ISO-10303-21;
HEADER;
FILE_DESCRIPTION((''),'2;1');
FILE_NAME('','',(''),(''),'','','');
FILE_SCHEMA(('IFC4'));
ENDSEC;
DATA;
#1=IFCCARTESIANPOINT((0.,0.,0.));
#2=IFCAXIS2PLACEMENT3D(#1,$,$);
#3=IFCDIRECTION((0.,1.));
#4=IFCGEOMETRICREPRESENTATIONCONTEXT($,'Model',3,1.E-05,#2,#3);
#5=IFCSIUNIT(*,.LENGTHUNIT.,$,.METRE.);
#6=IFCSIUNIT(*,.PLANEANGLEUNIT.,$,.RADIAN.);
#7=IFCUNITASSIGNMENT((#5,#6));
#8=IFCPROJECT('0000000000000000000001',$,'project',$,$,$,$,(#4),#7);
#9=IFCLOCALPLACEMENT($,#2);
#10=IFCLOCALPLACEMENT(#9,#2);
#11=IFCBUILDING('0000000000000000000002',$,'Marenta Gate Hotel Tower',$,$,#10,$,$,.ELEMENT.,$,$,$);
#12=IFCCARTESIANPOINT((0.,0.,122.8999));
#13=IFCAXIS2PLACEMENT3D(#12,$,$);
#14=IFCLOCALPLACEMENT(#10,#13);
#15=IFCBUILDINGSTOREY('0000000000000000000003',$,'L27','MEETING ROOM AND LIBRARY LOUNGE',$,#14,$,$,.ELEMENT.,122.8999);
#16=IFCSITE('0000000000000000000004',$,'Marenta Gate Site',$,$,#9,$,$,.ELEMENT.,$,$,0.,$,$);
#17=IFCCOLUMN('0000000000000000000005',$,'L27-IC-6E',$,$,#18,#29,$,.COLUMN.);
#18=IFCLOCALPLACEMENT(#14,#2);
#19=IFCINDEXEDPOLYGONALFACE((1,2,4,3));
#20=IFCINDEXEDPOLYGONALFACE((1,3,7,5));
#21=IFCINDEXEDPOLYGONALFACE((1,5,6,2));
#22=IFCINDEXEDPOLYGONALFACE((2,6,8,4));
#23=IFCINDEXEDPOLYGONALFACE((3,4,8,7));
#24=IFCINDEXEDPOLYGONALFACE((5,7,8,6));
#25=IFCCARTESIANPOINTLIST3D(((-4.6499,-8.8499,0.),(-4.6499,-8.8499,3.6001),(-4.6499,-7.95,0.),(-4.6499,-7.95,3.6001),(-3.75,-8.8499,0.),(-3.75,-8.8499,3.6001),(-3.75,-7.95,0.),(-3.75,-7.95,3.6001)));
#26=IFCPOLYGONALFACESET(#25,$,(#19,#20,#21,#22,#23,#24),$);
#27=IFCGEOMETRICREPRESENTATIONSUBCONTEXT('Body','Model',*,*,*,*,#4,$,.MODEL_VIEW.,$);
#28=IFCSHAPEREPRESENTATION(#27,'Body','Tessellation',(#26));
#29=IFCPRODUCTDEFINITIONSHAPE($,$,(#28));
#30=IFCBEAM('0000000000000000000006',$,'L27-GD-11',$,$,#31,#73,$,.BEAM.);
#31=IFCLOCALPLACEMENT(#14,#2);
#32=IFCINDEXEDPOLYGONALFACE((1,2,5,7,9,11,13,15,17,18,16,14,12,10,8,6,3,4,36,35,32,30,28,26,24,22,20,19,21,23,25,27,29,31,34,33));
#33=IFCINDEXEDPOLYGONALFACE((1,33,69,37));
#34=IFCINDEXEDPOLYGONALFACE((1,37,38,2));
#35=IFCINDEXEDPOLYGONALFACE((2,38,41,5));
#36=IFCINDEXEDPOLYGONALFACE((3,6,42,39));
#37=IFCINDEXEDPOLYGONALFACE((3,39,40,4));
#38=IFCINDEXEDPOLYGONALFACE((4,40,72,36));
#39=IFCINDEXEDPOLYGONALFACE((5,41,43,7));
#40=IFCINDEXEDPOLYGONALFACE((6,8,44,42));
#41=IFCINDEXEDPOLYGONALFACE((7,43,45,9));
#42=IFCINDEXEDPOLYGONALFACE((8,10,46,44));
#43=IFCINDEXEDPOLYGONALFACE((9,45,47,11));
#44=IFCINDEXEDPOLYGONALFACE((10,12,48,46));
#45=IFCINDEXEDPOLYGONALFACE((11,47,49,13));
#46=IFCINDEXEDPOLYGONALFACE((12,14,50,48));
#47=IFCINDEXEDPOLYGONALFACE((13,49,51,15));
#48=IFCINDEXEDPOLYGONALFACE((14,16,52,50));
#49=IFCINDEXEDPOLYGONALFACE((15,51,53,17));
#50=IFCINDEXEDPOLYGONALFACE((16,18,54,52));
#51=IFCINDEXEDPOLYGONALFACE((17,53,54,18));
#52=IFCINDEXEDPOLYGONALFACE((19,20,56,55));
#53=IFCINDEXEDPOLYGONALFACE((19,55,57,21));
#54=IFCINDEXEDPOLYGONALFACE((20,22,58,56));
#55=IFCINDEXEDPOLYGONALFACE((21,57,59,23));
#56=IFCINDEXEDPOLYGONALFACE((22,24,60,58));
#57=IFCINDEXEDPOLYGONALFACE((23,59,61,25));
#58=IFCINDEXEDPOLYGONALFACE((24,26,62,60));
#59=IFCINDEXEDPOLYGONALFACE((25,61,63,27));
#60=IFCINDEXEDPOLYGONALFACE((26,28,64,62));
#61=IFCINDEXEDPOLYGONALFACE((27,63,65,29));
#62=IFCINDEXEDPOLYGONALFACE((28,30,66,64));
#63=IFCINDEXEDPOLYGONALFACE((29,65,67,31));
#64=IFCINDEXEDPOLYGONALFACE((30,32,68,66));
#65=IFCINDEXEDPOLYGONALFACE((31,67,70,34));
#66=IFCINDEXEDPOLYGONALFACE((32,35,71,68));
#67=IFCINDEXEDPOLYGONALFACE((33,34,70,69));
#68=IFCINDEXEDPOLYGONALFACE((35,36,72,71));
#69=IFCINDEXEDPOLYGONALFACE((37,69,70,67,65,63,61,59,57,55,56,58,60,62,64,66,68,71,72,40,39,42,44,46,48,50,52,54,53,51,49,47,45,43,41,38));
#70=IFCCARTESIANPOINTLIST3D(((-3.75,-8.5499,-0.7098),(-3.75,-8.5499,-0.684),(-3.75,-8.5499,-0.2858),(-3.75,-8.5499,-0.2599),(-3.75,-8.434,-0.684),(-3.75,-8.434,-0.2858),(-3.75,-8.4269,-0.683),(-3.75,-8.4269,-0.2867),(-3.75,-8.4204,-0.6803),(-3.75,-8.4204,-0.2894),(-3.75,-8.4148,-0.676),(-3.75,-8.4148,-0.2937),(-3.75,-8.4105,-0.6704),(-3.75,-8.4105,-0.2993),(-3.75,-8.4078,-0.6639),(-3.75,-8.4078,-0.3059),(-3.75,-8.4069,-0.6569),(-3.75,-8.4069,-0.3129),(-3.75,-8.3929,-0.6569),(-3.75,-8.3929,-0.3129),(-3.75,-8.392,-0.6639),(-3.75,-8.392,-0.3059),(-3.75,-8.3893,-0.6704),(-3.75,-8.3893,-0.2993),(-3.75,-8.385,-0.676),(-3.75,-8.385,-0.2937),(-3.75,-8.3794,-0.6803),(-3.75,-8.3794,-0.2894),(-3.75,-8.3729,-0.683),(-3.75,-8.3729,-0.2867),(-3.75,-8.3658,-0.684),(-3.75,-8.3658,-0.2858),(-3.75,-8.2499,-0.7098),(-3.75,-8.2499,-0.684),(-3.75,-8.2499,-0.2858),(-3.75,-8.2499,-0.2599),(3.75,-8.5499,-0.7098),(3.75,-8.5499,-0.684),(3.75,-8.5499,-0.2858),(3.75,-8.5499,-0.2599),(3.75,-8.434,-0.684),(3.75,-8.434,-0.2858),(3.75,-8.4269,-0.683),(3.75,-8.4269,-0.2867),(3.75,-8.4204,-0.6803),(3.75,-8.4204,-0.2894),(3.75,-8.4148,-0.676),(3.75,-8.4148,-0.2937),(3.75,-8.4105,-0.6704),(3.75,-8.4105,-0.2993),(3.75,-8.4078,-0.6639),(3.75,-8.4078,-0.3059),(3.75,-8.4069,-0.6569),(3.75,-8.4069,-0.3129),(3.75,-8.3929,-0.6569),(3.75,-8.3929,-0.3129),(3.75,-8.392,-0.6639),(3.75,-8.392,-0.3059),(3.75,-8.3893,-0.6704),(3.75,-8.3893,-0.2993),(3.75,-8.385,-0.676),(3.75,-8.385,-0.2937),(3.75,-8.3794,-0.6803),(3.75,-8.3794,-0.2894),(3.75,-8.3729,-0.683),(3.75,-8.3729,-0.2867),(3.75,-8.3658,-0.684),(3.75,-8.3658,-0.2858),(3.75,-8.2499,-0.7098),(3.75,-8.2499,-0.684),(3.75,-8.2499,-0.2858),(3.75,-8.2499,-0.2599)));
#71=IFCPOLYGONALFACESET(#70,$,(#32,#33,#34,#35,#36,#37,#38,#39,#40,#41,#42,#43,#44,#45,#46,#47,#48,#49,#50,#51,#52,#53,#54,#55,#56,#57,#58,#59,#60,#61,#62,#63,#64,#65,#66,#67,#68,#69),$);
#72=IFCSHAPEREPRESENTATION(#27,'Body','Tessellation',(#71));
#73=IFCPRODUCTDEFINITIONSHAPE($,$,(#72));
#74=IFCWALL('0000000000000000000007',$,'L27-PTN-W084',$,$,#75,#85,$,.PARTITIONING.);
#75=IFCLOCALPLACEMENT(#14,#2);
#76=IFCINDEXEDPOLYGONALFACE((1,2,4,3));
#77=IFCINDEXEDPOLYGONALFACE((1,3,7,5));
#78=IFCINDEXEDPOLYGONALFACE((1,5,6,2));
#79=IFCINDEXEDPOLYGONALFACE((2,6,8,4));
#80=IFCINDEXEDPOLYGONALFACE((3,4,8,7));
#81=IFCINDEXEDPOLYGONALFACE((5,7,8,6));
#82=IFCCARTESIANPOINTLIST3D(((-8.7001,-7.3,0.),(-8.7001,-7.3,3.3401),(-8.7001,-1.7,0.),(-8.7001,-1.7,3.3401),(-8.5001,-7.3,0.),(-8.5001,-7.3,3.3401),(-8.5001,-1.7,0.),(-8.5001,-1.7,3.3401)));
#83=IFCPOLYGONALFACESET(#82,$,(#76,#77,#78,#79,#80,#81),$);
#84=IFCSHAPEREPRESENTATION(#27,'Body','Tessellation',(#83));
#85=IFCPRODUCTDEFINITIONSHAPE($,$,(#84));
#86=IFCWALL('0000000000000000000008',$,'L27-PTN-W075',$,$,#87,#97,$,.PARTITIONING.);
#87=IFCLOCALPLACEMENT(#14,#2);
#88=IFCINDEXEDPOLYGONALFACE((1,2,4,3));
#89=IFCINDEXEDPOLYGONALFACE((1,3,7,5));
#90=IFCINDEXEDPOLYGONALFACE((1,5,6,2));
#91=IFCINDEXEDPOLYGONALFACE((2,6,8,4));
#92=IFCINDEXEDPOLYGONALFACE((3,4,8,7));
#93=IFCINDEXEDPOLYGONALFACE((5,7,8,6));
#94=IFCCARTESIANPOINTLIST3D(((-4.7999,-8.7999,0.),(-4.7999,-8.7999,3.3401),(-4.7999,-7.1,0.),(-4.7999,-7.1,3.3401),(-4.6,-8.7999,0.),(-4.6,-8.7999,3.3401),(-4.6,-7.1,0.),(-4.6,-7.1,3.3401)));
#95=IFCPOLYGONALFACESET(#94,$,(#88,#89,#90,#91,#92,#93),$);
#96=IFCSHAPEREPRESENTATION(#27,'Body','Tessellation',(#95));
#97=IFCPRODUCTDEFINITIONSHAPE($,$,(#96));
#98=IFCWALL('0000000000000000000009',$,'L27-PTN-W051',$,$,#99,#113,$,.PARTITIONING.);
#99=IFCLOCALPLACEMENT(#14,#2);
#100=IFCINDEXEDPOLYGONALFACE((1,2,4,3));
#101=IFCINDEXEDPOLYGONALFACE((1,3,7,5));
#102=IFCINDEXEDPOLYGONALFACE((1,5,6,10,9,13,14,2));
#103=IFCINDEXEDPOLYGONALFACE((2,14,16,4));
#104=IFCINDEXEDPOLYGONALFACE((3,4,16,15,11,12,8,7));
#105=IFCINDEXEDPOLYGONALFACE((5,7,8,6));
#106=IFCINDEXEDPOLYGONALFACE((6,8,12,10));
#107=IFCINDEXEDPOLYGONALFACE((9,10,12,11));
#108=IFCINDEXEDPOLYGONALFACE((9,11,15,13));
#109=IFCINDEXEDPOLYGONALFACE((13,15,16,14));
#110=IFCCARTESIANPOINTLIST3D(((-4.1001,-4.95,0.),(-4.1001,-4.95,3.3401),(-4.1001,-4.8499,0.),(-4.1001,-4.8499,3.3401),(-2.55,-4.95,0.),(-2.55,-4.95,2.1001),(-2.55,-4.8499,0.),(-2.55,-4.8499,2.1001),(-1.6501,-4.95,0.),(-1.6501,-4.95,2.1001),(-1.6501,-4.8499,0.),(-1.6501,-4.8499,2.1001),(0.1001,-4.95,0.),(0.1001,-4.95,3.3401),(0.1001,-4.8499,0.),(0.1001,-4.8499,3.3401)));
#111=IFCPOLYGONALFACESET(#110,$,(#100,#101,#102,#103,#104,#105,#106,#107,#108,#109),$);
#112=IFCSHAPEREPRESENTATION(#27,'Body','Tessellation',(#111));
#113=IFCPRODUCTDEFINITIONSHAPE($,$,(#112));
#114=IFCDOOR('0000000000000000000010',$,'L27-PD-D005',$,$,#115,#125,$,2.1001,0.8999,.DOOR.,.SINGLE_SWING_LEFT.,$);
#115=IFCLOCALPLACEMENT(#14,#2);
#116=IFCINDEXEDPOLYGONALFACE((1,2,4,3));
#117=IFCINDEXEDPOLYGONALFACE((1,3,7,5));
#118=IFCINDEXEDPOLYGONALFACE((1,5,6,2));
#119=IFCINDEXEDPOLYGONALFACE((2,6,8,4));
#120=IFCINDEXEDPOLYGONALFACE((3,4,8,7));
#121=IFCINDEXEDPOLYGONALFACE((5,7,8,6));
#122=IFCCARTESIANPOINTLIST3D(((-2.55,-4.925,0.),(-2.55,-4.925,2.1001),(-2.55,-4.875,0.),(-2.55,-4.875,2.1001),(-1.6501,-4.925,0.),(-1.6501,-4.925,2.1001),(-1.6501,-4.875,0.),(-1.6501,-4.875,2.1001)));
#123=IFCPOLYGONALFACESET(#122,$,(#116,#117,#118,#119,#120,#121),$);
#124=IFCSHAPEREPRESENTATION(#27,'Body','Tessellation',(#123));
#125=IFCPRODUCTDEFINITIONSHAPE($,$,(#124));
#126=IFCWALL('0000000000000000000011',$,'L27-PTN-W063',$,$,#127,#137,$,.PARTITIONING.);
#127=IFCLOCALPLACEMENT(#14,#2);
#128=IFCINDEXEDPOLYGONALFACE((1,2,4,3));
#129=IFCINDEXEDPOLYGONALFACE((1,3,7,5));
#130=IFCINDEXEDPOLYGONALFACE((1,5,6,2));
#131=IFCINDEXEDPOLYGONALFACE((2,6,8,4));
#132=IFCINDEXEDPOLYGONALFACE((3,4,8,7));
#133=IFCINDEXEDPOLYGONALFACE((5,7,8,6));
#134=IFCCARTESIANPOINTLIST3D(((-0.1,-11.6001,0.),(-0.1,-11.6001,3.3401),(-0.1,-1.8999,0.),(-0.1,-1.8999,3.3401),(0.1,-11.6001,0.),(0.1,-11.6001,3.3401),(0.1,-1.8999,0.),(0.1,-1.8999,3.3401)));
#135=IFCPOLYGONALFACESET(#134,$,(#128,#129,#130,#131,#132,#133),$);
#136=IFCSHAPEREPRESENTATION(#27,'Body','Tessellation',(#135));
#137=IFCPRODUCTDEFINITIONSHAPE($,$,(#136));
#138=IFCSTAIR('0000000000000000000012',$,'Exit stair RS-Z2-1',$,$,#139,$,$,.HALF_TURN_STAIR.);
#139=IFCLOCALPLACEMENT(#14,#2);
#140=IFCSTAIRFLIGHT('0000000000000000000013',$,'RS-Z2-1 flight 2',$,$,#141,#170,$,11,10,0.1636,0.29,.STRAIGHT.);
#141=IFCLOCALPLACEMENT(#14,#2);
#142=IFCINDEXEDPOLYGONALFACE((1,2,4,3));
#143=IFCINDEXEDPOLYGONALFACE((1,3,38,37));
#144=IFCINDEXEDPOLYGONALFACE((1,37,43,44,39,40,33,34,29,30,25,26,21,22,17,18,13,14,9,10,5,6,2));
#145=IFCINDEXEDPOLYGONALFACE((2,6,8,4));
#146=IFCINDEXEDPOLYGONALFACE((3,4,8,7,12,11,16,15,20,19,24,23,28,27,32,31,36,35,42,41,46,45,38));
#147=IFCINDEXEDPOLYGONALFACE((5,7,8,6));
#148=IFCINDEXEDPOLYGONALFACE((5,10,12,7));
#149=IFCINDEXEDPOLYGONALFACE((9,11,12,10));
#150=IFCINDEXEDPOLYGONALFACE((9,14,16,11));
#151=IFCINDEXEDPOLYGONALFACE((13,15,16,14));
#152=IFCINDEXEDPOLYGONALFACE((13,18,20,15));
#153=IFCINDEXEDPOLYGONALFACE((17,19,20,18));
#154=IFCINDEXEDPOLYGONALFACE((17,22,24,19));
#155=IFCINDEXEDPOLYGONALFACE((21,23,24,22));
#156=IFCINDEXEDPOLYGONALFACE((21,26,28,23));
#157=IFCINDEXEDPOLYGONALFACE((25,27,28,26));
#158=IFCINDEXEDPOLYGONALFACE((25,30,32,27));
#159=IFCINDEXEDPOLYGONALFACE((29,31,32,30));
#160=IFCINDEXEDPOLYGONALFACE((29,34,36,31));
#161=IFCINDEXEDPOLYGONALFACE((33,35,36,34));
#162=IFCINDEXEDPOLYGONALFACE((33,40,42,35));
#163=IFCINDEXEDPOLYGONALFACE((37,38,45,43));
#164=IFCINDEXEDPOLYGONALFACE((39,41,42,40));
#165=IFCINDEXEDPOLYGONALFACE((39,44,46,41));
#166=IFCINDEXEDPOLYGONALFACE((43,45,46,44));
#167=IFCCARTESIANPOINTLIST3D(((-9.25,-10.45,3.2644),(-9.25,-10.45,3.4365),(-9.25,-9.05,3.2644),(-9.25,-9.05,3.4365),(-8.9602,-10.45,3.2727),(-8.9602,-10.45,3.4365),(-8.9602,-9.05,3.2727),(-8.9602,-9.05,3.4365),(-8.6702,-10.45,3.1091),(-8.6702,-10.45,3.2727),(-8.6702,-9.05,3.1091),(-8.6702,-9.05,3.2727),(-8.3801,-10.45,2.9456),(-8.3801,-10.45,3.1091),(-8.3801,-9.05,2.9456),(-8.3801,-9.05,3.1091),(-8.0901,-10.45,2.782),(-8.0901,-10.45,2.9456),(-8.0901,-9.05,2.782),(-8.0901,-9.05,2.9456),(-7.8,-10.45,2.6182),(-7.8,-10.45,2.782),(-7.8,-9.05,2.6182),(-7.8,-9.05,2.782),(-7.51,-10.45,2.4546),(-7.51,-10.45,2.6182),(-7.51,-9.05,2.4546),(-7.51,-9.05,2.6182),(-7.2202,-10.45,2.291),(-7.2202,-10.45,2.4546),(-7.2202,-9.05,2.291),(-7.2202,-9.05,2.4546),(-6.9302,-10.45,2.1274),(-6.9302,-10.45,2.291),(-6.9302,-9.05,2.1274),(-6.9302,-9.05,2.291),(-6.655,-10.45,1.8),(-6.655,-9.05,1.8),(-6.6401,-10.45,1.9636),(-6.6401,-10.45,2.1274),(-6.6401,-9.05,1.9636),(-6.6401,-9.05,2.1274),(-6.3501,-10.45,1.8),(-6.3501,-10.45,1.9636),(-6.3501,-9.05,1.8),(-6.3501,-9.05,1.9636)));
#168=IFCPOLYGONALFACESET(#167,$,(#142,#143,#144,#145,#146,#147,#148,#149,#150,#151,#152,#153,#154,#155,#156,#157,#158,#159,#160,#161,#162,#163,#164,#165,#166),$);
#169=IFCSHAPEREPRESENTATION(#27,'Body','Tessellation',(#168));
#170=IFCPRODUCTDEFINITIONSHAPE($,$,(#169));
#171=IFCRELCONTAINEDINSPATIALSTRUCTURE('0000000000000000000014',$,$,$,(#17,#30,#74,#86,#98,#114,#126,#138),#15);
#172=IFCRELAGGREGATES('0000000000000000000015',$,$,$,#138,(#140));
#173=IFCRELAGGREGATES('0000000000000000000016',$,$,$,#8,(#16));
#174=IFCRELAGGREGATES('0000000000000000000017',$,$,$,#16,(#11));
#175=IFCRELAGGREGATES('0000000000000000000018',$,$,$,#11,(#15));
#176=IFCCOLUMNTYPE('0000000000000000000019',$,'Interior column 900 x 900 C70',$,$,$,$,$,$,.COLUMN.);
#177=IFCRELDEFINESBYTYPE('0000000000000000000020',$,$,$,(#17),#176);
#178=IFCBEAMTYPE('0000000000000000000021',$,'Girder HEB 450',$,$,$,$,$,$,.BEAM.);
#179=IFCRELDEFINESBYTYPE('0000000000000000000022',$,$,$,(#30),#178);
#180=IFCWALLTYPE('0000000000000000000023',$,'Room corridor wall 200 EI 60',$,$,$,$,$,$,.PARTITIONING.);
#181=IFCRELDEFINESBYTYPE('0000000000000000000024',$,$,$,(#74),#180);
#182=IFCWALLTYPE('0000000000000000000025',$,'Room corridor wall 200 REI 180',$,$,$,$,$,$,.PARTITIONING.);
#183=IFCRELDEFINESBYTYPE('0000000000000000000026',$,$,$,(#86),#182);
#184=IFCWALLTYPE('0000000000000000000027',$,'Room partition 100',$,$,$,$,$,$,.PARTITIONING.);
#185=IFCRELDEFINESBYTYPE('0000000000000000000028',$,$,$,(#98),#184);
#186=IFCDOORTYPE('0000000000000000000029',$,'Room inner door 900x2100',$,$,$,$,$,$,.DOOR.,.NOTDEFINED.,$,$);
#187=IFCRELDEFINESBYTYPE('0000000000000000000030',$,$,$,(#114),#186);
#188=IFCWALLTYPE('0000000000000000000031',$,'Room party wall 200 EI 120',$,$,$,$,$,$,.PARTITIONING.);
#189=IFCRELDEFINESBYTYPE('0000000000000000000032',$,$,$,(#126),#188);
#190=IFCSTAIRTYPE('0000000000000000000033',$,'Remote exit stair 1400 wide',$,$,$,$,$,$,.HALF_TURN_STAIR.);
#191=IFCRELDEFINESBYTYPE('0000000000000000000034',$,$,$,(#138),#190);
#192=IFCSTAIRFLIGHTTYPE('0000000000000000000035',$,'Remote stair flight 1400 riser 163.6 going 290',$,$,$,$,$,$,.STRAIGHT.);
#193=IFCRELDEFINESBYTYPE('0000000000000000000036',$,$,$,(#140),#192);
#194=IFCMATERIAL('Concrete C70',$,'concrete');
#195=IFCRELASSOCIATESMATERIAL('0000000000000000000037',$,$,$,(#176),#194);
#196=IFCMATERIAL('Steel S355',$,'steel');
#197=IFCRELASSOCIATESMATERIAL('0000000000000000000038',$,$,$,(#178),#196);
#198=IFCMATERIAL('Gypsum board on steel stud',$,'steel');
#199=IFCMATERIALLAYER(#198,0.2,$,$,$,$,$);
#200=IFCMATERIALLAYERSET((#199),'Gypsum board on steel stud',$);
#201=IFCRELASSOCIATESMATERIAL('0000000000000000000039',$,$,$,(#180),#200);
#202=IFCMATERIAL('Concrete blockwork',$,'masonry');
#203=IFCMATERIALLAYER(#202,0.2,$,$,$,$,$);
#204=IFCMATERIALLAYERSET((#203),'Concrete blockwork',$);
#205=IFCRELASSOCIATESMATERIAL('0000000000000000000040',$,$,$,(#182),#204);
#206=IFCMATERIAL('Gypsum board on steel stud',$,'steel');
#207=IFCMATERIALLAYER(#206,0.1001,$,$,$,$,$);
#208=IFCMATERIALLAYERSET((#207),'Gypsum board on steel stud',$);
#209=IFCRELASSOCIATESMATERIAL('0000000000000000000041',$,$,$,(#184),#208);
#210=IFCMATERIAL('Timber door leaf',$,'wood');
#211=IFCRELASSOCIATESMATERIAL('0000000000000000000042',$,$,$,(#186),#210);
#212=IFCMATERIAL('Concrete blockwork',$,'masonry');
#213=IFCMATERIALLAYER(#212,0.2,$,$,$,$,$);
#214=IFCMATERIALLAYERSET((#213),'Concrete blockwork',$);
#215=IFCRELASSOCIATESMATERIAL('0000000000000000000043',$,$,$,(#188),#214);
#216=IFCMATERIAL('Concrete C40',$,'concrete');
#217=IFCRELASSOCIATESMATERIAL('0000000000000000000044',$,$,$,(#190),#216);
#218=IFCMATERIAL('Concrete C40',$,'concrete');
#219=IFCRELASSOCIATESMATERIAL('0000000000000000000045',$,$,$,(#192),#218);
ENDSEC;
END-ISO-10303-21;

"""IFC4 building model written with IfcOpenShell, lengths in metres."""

from ifc_helpers import new_model, si_unit, direction, frame, frame_2d, origin, origin_2d, place, context, subcontext, project, spatial, polyline, rectangle, i_section, outline, extrude, material, layer, layer_set, material_profile, profile_set, type_object, element, fill, aggregate, save


model = new_model("IFC4")

# Units and contexts
model_context = context("Model", 3, precision=1e-05, world=origin(), true_north=direction((0.0, 1.0)))
body_context = subcontext(model_context, "Body", "Model", "MODEL_VIEW")
ifc_project = project(units=[si_unit("LENGTHUNIT", "METRE"), si_unit("PLANEANGLEUNIT", "RADIAN")], contexts=[model_context])

# Site, building, storey
site_placement = place(None, origin())
site = spatial("IfcSite", under=ifc_project, at=site_placement, Name="Marenta Gate Site", CompositionType="ELEMENT", RefElevation=0.0)
building_placement = place(site_placement, origin())
building = spatial("IfcBuilding", under=site, at=building_placement, Name="Marenta Gate Hotel Tower", CompositionType="ELEMENT")
storey_placement = place(building_placement, frame((0.0, 0.0, 122.8999)))
storey = spatial("IfcBuildingStorey", under=building, at=storey_placement, Name="L27", Description="MEETING ROOM AND LIBRARY LOUNGE", CompositionType="ELEMENT", Elevation=122.8999)

# Column
ifc_material_1 = material(Name="Concrete C70", Category="concrete")
ifc_material_profile_1 = material_profile(ifc_material_1, rectangle(XDim=0.8999, YDim=0.8999, at=origin_2d()), Name="900 x 900")
ifc_profile_set_1 = profile_set([ifc_material_profile_1], Name="Concrete C70")
column_type = type_object("IfcColumnType", Name="Interior column 900 x 900 C70", PredefinedType="COLUMN", material=ifc_profile_set_1)
column_placement = place(storey_placement, frame((-4.2, -8.3999, 0.0), z_axis=(0.0, 0.0, 1.0), x_axis=(1.0, 0.0, 0.0)))
element("IfcColumn", 1, at=column_placement, inside=storey, type_object=column_type, Name="L27-IC-6E", PredefinedType="COLUMN", context=body_context, shape_type="SweptSolid", body=[
    extrude(rectangle(XDim=0.8999, YDim=0.8999, at=origin_2d()), origin(), (0.0, 0.0, 1.0), 3.6001),
])

# Beam
ifc_material_2 = material(Name="Steel S355", Category="steel")
ifc_material_profile_2 = material_profile(ifc_material_2, i_section(OverallWidth=0.3, OverallDepth=0.45, WebThickness=0.0139, FlangeThickness=0.0259, FilletRadius=0.0271, at=origin_2d()), Name="HEB 450")
ifc_profile_set_2 = profile_set([ifc_material_profile_2], Name="Steel S355")
beam_type = type_object("IfcBeamType", Name="Girder HEB 450", PredefinedType="BEAM", material=ifc_profile_set_2)
beam_placement = place(storey_placement, frame((-3.75, -8.3999, -0.4849), z_axis=(1.0, 0.0, 0.0), x_axis=(0.0, 1.0, 0.0)))
element("IfcBeam", 2, at=beam_placement, inside=storey, type_object=beam_type, Name="L27-GD-11", PredefinedType="BEAM", context=body_context, shape_type="SweptSolid", body=[
    extrude(i_section(OverallWidth=0.3, OverallDepth=0.45, WebThickness=0.0139, FlangeThickness=0.0259, FilletRadius=0.0271, at=origin_2d()), origin(), (0.0, 0.0, 1.0), 7.5),
])

# Wall
ifc_material_3 = material(Name="Gypsum board on steel stud", Category="steel")
ifc_layer_1 = layer(ifc_material_3, 0.2)
ifc_layer_set_1 = layer_set([ifc_layer_1], Name="Gypsum board on steel stud")
wall_type_1 = type_object("IfcWallType", Name="Room corridor wall 200 EI 60", PredefinedType="PARTITIONING", material=ifc_layer_set_1)
wall_1_placement = place(storey_placement, frame((-8.6001, -7.3, 0.0), z_axis=(0.0, 0.0, 1.0), x_axis=(0.0, 1.0, 0.0)))
element("IfcWall", 3, at=wall_1_placement, inside=storey, type_object=wall_type_1, Name="L27-PTN-W084", PredefinedType="PARTITIONING", context=body_context, shape_type="SweptSolid", body=[
    extrude(rectangle(XDim=5.6001, YDim=0.2, at=frame_2d((2.8, 0.0))), origin(), (0.0, 0.0, 1.0), 3.3401),
])

# Shared definitions
ifc_material_4 = material(Name="Concrete blockwork", Category="masonry")
ifc_layer_2 = layer(ifc_material_4, 0.2)
ifc_layer_set_2 = layer_set([ifc_layer_2], Name="Concrete blockwork")
wall_type_2 = type_object("IfcWallType", Name="Room corridor wall 200 REI 180", PredefinedType="PARTITIONING", material=ifc_layer_set_2)

# Wall
wall_2_placement = place(storey_placement, frame((-4.7, -8.8, 0.0), z_axis=(0.0, 0.0, 1.0), x_axis=(0.0, 1.0, 0.0)))
element("IfcWall", 4, at=wall_2_placement, inside=storey, type_object=wall_type_2, Name="L27-PTN-W075", PredefinedType="PARTITIONING", context=body_context, shape_type="SweptSolid", body=[
    extrude(rectangle(XDim=1.7, YDim=0.2, at=frame_2d((0.8501, 0.0))), origin(), (0.0, 0.0, 1.0), 3.3401),
])

# Wall, opening, door
ifc_material_5 = material(Name="Gypsum board on steel stud", Category="steel")
ifc_layer_3 = layer(ifc_material_5, 0.1001)
ifc_layer_set_3 = layer_set([ifc_layer_3], Name="Gypsum board on steel stud")
wall_type_3 = type_object("IfcWallType", Name="Room partition 100", PredefinedType="PARTITIONING", material=ifc_layer_set_3)
wall_3_placement = place(storey_placement, frame((-4.1001, -4.8999, 0.0), z_axis=(0.0, 0.0, 1.0), x_axis=(1.0, 0.0, 0.0)))
wall_3 = element("IfcWall", 5, at=wall_3_placement, inside=storey, type_object=wall_type_3, Name="L27-PTN-W051", PredefinedType="PARTITIONING", context=body_context, shape_type="SweptSolid", body=[
    extrude(rectangle(XDim=4.2002, YDim=0.1001, at=frame_2d((2.1001, 0.0))), origin(), (0.0, 0.0, 1.0), 3.3401),
])
opening_1_placement = place(wall_3_placement, frame((1.55, 0.0, 0.0)))
opening_1 = element("IfcOpeningElement", 6, at=opening_1_placement, cuts=wall_3, PredefinedType="OPENING", context=body_context, shape_type="SweptSolid", body=[
    extrude(rectangle(XDim=0.8999, YDim=2.1001, at=frame_2d((0.45, 1.05))), frame((0.0, 0.05, 0.0), z_axis=(0.0, -1.0, 0.0), x_axis=(1.0, 0.0, 0.0)), (0.0, 0.0, 1.0), 0.1001),
])
ifc_material_6 = material(Name="Timber door leaf", Category="wood")
door_type_1 = type_object("IfcDoorType", Name="Room inner door 900x2100", OperationType="NOTDEFINED", PredefinedType="DOOR", material=ifc_material_6)
door_1_placement = place(opening_1_placement, origin())
door_1 = element("IfcDoor", 7, at=door_1_placement, inside=storey, type_object=door_type_1, Name="L27-PD-D005", OperationType="SINGLE_SWING_LEFT", OverallHeight=2.1001, OverallWidth=0.8999, PredefinedType="DOOR", context=body_context, shape_type="SweptSolid", body=[
    extrude(rectangle(XDim=0.8999, YDim=2.1001, at=frame_2d((0.45, 1.05))), frame((0.0, 0.0249, 0.0), z_axis=(0.0, -1.0, 0.0), x_axis=(1.0, 0.0, 0.0)), (0.0, 0.0, 1.0), 0.05),
])
fill(opening_1, door_1)

# Wall
ifc_material_7 = material(Name="Concrete blockwork", Category="masonry")
ifc_layer_4 = layer(ifc_material_7, 0.2)
ifc_layer_set_4 = layer_set([ifc_layer_4], Name="Concrete blockwork")
wall_type_4 = type_object("IfcWallType", Name="Room party wall 200 EI 120", PredefinedType="PARTITIONING", material=ifc_layer_set_4)
wall_4_placement = place(storey_placement, frame((0.0, -11.6001, 0.0), z_axis=(0.0, 0.0, 1.0), x_axis=(0.0, 1.0, 0.0)))
element("IfcWall", 8, at=wall_4_placement, inside=storey, type_object=wall_type_4, Name="L27-PTN-W063", PredefinedType="PARTITIONING", context=body_context, shape_type="SweptSolid", body=[
    extrude(rectangle(XDim=9.7002, YDim=0.2, at=frame_2d((4.8501, 0.0))), origin(), (0.0, 0.0, 1.0), 3.3401),
])

# Stair, stair flight
ifc_material_8 = material(Name="Concrete C40", Category="concrete")
stair_type = type_object("IfcStairType", Name="Remote exit stair 1400 wide", PredefinedType="HALF_TURN_STAIR", material=ifc_material_8)
stair_placement = place(storey_placement, origin())
stair = element("IfcStair", 9, at=stair_placement, inside=storey, type_object=stair_type, Name="Exit stair RS-Z2-1", PredefinedType="HALF_TURN_STAIR")
ifc_material_9 = material(Name="Concrete C40", Category="concrete")
stair_flight_type = type_object("IfcStairFlightType", Name="Remote stair flight 1400 riser 163.6 going 290", PredefinedType="STRAIGHT", material=ifc_material_9)
stair_flight_placement = place(storey_placement, frame((-6.3501, -9.75, 1.8), z_axis=(0.0, 0.0, 1.0), x_axis=(-1.0, 0.0, 0.0)))
stair_flight = element("IfcStairFlight", 10, at=stair_flight_placement, type_object=stair_flight_type, Name="RS-Z2-1 flight 2", NumberOfRisers=11, NumberOfTreads=10, PredefinedType="STRAIGHT", RiserHeight=0.1636, TreadLength=0.29, context=body_context, shape_type="SweptSolid", body=[
    extrude(outline(polyline([(0.0, 0.0), (0.0, 0.1636), (0.29, 0.1636), (0.29, 0.3274), (0.5801, 0.3274), (0.5801, 0.491), (0.8701, 0.491), (0.8701, 0.6545), (1.1599, 0.6545), (1.1599, 0.8181), (1.45, 0.8181), (1.45, 0.9819), (1.74, 0.9819), (1.74, 1.1455), (2.03, 1.1455), (2.03, 1.3091), (2.3201, 1.3091), (2.3201, 1.4727), (2.6101, 1.4727), (2.6101, 1.6365), (2.8999, 1.6365), (2.8999, 1.8), (2.8999, 1.4644), (0.3049, 0.0), (0.0, 0.0)])), frame((0.0, 0.7, 0.0), z_axis=(0.0, -1.0, 0.0), x_axis=(1.0, 0.0, 0.0)), (0.0, 0.0, 1.0), 1.3999),
])
aggregate(stair, [stair_flight])

save(model, "model.ifc")
